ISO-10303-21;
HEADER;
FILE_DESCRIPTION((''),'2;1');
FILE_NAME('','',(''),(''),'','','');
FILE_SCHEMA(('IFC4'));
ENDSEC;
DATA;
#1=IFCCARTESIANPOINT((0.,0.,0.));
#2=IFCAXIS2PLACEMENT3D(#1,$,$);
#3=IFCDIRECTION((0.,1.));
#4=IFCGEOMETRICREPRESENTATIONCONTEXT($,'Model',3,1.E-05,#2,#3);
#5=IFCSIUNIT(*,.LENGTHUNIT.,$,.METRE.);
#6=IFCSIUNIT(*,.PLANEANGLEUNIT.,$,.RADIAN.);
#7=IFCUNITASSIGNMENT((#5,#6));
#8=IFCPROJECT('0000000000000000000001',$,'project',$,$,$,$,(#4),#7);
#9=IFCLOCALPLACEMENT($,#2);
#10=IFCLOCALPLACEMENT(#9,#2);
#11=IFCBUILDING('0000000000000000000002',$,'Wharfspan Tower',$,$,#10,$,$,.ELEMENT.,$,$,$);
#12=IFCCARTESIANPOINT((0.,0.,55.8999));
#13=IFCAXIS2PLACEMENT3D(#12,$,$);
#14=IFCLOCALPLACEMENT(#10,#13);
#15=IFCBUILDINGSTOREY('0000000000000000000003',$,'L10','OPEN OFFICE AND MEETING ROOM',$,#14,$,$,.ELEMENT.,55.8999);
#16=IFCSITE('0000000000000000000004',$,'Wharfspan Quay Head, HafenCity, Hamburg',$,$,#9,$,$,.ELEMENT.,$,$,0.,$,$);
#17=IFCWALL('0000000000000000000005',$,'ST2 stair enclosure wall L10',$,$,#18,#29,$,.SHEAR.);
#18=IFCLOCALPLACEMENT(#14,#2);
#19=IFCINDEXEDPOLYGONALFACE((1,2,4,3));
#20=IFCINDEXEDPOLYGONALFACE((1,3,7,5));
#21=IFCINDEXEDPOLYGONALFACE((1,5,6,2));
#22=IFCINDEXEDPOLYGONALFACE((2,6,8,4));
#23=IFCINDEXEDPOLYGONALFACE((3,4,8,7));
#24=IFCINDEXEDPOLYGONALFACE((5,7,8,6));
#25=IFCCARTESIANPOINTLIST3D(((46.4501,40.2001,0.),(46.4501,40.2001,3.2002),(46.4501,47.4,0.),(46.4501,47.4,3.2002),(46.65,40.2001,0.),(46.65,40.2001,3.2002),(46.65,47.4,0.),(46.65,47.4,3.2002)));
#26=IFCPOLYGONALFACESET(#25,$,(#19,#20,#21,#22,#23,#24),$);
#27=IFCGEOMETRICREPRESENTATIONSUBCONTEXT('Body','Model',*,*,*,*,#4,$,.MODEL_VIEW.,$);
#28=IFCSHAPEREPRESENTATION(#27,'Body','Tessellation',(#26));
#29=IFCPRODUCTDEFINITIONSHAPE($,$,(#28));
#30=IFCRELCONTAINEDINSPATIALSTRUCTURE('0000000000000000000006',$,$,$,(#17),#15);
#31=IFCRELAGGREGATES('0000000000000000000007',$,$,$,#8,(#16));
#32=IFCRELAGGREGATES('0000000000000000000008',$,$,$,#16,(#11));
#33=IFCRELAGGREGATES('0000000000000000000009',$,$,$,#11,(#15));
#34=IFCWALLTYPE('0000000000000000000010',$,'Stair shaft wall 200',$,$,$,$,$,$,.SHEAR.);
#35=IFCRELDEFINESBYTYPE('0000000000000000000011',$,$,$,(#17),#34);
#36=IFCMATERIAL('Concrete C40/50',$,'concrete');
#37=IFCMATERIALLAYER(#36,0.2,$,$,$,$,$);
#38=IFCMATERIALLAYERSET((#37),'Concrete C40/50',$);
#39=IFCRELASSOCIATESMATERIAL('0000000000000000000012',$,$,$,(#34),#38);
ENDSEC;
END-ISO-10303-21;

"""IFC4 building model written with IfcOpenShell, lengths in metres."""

from ifc_helpers import new_model, si_unit, direction, frame, frame_2d, origin, place, context, subcontext, project, spatial, rectangle, extrude, material, layer, layer_set, type_object, element, save


model = new_model("IFC4")

# Units and contexts
model_context = context("Model", 3, precision=1e-05, world=origin(), true_north=direction((0.0, 1.0)))
body_context = subcontext(model_context, "Body", "Model", "MODEL_VIEW")
ifc_project = project(units=[si_unit("LENGTHUNIT", "METRE"), si_unit("PLANEANGLEUNIT", "RADIAN")], contexts=[model_context])

# Site, building, storey
site_placement = place(None, origin())
site = spatial("IfcSite", under=ifc_project, at=site_placement, Name="Wharfspan Quay Head, HafenCity, Hamburg", CompositionType="ELEMENT", RefElevation=0.0)
building_placement = place(site_placement, origin())
building = spatial("IfcBuilding", under=site, at=building_placement, Name="Wharfspan Tower", CompositionType="ELEMENT")
storey_placement = place(building_placement, frame((0.0, 0.0, 55.8999)))
storey = spatial("IfcBuildingStorey", under=building, at=storey_placement, Name="L10", Description="OPEN OFFICE AND MEETING ROOM", CompositionType="ELEMENT", Elevation=55.8999)

# Shared definitions
ifc_material_1 = material(Name="Concrete C40/50", Category="concrete")
ifc_layer_1 = layer(ifc_material_1, 0.2)
ifc_layer_set_1 = layer_set([ifc_layer_1], Name="Concrete C40/50")
wall_type_1 = type_object("IfcWallType", Name="Stair shaft wall 200", PredefinedType="SHEAR", material=ifc_layer_set_1)

# Wall
wall_1_placement = place(storey_placement, frame((46.55, 40.2, 0.0), z_axis=(0.0, 0.0, 1.0), x_axis=(0.0, 1.0, 0.0)))
element("IfcWall", 1, at=wall_1_placement, inside=storey, type_object=wall_type_1, Name="ST2 stair enclosure wall L10", PredefinedType="SHEAR", context=body_context, shape_type="SweptSolid", body=[
    extrude(rectangle(XDim=7.2, YDim=0.2, at=frame_2d((3.6001, 0.0))), origin(), (0.0, 0.0, 1.0), 3.2002),
])

save(model, "model.ifc")
